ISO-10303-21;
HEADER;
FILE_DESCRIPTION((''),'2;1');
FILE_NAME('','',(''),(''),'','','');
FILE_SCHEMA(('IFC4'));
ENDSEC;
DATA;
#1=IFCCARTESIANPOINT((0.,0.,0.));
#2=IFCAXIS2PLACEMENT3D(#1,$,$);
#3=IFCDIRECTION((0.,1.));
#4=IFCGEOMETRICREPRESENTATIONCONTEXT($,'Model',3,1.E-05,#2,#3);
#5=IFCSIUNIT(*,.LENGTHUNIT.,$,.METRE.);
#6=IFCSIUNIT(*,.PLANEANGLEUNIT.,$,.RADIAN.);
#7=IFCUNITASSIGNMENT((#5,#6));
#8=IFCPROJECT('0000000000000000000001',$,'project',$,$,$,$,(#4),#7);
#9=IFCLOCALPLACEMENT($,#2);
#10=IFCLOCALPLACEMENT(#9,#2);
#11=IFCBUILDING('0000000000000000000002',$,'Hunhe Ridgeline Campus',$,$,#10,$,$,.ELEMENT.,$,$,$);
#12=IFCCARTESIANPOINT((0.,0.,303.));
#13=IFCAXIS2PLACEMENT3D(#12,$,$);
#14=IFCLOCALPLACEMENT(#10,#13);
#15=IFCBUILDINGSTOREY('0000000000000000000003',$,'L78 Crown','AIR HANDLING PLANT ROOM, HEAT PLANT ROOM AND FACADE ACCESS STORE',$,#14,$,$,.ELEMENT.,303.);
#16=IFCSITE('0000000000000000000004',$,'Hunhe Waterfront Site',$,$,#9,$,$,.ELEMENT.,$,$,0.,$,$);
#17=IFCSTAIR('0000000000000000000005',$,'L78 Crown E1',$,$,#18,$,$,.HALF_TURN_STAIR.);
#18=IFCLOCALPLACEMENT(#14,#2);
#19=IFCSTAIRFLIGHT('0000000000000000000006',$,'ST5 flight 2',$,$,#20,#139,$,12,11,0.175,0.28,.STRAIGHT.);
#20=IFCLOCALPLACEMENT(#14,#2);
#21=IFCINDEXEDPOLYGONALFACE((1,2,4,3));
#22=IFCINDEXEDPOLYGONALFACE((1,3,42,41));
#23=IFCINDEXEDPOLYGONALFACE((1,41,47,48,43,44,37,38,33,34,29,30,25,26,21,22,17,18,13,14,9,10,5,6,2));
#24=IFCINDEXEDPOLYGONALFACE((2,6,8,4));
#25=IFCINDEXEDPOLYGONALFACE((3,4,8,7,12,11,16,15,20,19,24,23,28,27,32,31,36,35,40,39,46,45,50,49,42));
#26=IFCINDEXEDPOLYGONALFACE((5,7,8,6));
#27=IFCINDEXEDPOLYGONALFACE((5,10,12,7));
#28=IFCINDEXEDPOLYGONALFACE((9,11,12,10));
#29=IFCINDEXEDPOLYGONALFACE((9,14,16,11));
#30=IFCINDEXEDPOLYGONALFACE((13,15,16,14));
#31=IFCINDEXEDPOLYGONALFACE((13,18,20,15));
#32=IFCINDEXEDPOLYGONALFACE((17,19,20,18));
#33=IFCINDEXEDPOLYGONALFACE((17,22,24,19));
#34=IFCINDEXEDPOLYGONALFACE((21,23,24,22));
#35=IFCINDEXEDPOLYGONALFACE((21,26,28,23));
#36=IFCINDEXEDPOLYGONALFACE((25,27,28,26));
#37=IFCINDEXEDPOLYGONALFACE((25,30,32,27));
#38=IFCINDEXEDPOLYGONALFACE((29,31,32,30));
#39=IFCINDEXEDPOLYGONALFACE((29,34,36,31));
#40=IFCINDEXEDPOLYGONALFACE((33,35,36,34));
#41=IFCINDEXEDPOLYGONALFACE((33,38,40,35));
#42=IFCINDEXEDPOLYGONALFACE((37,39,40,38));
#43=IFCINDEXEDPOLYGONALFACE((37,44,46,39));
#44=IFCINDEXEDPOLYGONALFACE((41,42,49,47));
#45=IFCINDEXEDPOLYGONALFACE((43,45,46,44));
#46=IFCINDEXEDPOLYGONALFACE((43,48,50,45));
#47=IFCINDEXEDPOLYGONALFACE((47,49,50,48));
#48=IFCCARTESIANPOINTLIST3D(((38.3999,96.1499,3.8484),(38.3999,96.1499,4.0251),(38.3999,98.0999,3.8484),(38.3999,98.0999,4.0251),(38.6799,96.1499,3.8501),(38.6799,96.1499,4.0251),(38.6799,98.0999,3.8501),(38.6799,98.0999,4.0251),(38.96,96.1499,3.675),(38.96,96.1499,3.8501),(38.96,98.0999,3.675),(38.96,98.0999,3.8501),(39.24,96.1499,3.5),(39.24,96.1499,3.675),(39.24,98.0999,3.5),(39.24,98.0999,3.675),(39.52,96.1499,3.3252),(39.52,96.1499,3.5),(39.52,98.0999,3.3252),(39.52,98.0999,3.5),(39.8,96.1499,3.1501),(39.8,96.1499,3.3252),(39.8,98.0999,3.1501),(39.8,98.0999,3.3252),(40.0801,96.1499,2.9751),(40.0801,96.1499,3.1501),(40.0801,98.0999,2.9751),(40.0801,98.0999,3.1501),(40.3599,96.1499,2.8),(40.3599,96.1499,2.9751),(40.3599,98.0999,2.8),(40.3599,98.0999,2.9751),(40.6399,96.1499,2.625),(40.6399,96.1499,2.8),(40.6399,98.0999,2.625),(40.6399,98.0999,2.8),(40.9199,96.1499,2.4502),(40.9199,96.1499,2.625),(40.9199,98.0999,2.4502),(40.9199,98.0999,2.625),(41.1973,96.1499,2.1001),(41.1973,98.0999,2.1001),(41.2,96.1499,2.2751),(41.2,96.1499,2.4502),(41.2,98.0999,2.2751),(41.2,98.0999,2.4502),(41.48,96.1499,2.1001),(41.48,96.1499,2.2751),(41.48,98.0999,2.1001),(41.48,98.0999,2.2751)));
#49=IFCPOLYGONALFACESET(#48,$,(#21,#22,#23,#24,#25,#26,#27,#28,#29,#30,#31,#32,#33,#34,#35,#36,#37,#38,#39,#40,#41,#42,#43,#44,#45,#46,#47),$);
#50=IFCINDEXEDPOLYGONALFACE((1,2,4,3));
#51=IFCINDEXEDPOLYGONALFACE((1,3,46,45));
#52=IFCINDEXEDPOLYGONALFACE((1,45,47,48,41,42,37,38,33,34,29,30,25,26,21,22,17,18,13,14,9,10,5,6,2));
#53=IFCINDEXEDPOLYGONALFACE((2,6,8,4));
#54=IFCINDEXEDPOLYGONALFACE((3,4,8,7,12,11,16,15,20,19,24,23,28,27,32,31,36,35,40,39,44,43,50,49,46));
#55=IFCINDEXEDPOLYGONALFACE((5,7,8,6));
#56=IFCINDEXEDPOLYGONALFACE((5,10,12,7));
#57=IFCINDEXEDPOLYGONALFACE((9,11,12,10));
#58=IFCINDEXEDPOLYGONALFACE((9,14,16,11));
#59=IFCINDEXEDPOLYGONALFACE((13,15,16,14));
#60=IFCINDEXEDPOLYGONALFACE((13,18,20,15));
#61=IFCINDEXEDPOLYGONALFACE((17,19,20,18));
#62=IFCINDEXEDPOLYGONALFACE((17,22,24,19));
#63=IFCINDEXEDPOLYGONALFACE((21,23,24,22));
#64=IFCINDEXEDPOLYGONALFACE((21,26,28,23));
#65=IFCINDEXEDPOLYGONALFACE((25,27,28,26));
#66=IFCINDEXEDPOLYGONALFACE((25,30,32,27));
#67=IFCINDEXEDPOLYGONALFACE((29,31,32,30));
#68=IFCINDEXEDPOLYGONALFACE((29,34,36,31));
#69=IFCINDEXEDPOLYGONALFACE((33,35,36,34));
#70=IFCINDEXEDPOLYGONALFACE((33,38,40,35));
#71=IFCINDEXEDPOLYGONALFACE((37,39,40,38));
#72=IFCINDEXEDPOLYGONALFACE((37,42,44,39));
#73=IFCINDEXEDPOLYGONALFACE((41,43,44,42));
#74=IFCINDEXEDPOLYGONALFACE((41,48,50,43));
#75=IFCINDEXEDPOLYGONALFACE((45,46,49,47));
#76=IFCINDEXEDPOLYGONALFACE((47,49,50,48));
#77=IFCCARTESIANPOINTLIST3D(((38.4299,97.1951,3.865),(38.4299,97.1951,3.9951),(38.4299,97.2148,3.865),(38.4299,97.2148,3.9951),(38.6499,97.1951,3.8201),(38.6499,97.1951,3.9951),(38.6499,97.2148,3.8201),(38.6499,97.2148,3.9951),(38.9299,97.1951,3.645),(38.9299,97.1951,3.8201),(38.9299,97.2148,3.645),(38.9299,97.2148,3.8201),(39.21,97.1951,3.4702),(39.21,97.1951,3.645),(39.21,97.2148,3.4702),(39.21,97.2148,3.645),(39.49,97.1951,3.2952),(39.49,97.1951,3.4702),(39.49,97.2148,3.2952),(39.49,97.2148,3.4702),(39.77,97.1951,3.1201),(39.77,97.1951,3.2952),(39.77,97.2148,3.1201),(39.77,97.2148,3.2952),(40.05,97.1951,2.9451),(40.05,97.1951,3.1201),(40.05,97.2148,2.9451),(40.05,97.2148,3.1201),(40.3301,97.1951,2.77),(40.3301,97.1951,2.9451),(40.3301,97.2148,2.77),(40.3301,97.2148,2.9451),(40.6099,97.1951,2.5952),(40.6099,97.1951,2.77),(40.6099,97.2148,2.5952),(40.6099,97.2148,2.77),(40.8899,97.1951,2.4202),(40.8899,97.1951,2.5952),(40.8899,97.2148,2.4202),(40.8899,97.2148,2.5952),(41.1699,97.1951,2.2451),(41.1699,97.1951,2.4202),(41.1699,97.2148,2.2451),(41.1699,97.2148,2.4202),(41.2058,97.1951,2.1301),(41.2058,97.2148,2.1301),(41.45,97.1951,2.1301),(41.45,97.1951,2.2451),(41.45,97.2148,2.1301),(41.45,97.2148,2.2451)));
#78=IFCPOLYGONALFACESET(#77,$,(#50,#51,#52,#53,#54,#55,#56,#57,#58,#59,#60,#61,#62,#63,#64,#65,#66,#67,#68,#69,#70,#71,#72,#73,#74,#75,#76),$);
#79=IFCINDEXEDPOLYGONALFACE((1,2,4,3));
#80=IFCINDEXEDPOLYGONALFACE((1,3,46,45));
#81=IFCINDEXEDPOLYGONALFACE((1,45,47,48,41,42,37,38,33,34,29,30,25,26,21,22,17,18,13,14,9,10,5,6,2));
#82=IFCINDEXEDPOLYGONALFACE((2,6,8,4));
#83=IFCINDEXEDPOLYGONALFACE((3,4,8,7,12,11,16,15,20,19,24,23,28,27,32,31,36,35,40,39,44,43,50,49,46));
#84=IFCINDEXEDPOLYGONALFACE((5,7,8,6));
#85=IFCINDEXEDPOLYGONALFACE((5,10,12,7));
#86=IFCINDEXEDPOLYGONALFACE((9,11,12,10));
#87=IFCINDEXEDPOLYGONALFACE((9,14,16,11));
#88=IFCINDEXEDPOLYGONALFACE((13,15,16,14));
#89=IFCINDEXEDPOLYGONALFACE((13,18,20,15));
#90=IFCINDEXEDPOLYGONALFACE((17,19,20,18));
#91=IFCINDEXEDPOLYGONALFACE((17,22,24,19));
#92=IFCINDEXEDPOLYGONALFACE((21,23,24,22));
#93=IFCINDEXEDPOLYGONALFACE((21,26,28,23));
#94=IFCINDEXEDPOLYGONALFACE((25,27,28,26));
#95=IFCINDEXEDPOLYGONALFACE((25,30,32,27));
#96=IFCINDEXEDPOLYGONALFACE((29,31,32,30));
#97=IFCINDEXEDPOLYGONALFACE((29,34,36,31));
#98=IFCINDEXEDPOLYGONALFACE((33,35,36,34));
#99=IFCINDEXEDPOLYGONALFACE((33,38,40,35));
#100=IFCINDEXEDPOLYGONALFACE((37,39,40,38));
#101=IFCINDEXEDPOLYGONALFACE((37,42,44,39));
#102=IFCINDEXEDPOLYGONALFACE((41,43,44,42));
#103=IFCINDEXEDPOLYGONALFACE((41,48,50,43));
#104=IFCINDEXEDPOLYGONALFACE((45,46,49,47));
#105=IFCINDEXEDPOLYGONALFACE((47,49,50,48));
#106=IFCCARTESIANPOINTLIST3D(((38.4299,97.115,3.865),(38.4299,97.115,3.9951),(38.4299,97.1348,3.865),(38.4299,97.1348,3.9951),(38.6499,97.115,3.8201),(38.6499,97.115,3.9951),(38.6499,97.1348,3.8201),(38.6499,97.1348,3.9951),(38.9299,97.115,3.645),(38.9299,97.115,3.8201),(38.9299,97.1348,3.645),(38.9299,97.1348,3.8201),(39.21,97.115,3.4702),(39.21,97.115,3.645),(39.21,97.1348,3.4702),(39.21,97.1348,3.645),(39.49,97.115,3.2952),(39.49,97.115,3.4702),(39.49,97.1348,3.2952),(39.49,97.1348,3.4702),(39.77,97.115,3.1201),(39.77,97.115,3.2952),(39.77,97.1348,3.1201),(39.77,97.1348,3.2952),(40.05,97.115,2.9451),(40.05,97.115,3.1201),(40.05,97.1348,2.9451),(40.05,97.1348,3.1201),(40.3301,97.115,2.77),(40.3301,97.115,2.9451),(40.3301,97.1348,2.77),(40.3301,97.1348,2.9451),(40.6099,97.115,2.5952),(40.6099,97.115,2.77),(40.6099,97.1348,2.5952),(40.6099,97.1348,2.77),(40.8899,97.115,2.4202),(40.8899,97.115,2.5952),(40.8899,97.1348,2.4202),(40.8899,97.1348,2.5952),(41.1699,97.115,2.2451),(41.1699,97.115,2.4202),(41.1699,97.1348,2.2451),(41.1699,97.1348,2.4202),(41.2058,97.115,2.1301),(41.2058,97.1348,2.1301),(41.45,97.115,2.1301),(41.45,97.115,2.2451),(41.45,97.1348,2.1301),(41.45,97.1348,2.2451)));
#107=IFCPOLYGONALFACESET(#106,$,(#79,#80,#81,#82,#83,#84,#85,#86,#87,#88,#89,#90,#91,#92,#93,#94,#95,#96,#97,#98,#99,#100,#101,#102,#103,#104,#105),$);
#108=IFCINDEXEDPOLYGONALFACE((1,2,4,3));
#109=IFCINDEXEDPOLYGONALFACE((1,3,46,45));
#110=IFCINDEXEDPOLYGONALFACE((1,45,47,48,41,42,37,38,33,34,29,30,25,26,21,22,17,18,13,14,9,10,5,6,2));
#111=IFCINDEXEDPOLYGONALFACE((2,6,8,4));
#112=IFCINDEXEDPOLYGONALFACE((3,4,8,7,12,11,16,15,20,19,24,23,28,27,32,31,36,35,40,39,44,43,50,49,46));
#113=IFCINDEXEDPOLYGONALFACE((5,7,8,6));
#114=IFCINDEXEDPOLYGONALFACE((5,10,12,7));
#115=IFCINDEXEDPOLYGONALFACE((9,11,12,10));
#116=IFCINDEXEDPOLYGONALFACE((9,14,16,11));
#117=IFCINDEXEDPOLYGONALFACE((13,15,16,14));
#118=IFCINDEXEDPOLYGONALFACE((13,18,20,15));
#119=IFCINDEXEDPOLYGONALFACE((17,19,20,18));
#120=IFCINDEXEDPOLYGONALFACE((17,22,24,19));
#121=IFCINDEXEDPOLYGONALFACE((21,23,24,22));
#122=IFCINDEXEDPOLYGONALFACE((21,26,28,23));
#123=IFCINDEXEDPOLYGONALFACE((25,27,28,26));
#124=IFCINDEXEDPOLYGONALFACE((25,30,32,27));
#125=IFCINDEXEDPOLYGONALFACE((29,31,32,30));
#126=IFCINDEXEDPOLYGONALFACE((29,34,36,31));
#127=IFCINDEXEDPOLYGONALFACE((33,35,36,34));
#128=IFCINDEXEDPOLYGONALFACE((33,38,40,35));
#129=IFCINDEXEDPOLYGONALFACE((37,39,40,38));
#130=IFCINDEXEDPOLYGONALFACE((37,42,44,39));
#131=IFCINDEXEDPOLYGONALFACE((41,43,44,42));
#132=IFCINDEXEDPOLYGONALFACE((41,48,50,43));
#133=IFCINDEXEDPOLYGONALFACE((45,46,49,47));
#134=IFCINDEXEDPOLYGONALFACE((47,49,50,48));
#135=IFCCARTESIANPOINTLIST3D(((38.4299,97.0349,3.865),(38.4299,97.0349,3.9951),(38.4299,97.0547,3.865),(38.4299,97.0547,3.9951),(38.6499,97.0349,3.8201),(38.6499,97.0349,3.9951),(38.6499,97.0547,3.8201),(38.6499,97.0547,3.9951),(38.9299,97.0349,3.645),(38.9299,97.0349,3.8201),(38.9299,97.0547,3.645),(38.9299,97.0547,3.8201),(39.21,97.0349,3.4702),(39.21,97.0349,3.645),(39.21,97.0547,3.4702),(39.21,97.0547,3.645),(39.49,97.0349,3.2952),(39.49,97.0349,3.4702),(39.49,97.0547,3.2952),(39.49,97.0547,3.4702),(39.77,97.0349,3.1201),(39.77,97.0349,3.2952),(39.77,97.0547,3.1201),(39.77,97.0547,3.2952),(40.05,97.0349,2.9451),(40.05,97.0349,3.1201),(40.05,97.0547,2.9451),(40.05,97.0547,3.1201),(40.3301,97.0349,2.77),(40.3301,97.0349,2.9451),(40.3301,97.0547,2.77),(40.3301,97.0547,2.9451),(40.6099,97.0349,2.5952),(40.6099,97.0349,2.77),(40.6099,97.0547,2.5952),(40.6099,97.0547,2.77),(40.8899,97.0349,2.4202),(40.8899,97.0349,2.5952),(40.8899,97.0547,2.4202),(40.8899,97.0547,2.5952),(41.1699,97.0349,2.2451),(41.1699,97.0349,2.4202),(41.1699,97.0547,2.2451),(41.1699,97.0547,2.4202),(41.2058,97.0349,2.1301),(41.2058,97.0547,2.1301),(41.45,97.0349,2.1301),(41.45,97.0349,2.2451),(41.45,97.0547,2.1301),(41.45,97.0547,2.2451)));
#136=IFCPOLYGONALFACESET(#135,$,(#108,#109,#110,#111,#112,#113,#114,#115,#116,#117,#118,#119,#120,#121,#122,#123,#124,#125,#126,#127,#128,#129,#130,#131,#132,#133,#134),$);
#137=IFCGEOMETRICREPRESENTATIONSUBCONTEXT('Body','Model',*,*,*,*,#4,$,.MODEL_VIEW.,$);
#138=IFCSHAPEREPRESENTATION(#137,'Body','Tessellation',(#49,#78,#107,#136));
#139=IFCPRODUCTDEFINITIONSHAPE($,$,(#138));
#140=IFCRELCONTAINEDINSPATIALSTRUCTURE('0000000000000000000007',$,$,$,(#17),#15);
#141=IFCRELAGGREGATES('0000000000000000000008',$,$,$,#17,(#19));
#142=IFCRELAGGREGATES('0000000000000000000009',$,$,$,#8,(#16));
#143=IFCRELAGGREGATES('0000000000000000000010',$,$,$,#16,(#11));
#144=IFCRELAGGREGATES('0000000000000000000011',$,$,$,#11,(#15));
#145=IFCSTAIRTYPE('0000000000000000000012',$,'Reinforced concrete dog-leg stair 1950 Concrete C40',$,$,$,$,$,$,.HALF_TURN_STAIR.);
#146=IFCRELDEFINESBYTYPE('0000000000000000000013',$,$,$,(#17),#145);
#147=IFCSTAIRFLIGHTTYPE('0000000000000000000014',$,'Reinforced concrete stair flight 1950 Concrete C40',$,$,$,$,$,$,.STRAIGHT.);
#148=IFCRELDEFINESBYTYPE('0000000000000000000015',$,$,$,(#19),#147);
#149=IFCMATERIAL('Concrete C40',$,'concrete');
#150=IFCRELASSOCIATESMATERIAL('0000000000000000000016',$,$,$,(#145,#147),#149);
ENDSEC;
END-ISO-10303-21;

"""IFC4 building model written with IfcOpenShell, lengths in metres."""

from ifc_helpers import new_model, si_unit, direction, frame, origin, place, context, subcontext, project, spatial, polyline, outline, extrude, material, type_object, element, aggregate, save


model = new_model("IFC4")

# Units and contexts
model_context = context("Model", 3, precision=1e-05, world=origin(), true_north=direction((0.0, 1.0)))
body_context = subcontext(model_context, "Body", "Model", "MODEL_VIEW")
ifc_project = project(units=[si_unit("LENGTHUNIT", "METRE"), si_unit("PLANEANGLEUNIT", "RADIAN")], contexts=[model_context])

# Site, building, storey
site_placement = place(None, origin())
site = spatial("IfcSite", under=ifc_project, at=site_placement, Name="Hunhe Waterfront Site", CompositionType="ELEMENT", RefElevation=0.0)
building_placement = place(site_placement, origin())
building = spatial("IfcBuilding", under=site, at=building_placement, Name="Hunhe Ridgeline Campus", CompositionType="ELEMENT")
storey_placement = place(building_placement, frame((0.0, 0.0, 303.0)))
storey = spatial("IfcBuildingStorey", under=building, at=storey_placement, Name="L78 Crown", Description="AIR HANDLING PLANT ROOM, HEAT PLANT ROOM AND FACADE ACCESS STORE", CompositionType="ELEMENT", Elevation=303.0)

# Stair, stair flight
ifc_material_1 = material(Name="Concrete C40", Category="concrete")
stair_type = type_object("IfcStairType", Name="Reinforced concrete dog-leg stair 1950 Concrete C40", PredefinedType="HALF_TURN_STAIR", material=ifc_material_1)
stair_placement = place(storey_placement, origin())
stair = element("IfcStair", 1, at=stair_placement, inside=storey, type_object=stair_type, Name="L78 Crown E1", PredefinedType="HALF_TURN_STAIR")
stair_flight_type = type_object("IfcStairFlightType", Name="Reinforced concrete stair flight 1950 Concrete C40", PredefinedType="STRAIGHT", material=ifc_material_1)
stair_flight_1_placement = place(storey_placement, frame((41.48, 97.125, 2.1001), z_axis=(0.0, 0.0, 1.0), x_axis=(-1.0, 0.0, 0.0)))
stair_flight_1 = element("IfcStairFlight", 2, at=stair_flight_1_placement, type_object=stair_flight_type, Name="ST5 flight 2", NumberOfRisers=12, NumberOfTreads=11, PredefinedType="STRAIGHT", RiserHeight=0.175, TreadLength=0.28, context=body_context, shape_type="SweptSolid", body=[
    extrude(outline(polyline([(0.0, 0.0), (0.0, 0.175), (0.28, 0.175), (0.28, 0.3501), (0.5601, 0.3501), (0.5601, 0.5249), (0.8401, 0.5249), (0.8401, 0.7), (1.1201, 0.7), (1.1201, 0.875), (1.3999, 0.875), (1.3999, 1.05), (1.6799, 1.05), (1.6799, 1.2251), (1.96, 1.2251), (1.96, 1.3999), (2.24, 1.3999), (2.24, 1.575), (2.52, 1.575), (2.52, 1.75), (2.8, 1.75), (2.8, 1.925), (3.0801, 1.925), (3.0801, 2.1001), (3.0801, 1.7483), (0.2827, 0.0), (0.0, 0.0)])), frame((0.0, 0.9751, 0.0), z_axis=(0.0, -1.0, 0.0), x_axis=(1.0, 0.0, 0.0)), (0.0, 0.0, 1.0), 1.95),
    extrude(outline(polyline([(0.03, 0.03), (0.03, 0.145), (0.3101, 0.145), (0.3101, 0.3201), (0.5901, 0.3201), (0.5901, 0.4951), (0.8701, 0.4951), (0.8701, 0.6699), (1.1499, 0.6699), (1.1499, 0.845), (1.4299, 0.845), (1.4299, 1.02), (1.71, 1.02), (1.71, 1.1951), (1.99, 1.1951), (1.99, 1.3701), (2.27, 1.3701), (2.27, 1.5449), (2.55, 1.5449), (2.55, 1.72), (2.8301, 1.72), (2.8301, 1.895), (3.05, 1.895), (3.05, 1.7649), (0.2742, 0.03), (0.03, 0.03)])), frame((0.0, -0.0701, 0.0), z_axis=(0.0, -1.0, 0.0), x_axis=(1.0, 0.0, 0.0)), (0.0, 0.0, 1.0), 0.0198),
    extrude(outline(polyline([(0.03, 0.03), (0.03, 0.145), (0.3101, 0.145), (0.3101, 0.3201), (0.5901, 0.3201), (0.5901, 0.4951), (0.8701, 0.4951), (0.8701, 0.6699), (1.1499, 0.6699), (1.1499, 0.845), (1.4299, 0.845), (1.4299, 1.02), (1.71, 1.02), (1.71, 1.1951), (1.99, 1.1951), (1.99, 1.3701), (2.27, 1.3701), (2.27, 1.5449), (2.55, 1.5449), (2.55, 1.72), (2.8301, 1.72), (2.8301, 1.895), (3.05, 1.895), (3.05, 1.7649), (0.2742, 0.03), (0.03, 0.03)])), frame((0.0, 0.01, 0.0), z_axis=(0.0, -1.0, 0.0), x_axis=(1.0, 0.0, 0.0)), (0.0, 0.0, 1.0), 0.0198),
    extrude(outline(polyline([(0.03, 0.03), (0.03, 0.145), (0.3101, 0.145), (0.3101, 0.3201), (0.5901, 0.3201), (0.5901, 0.4951), (0.8701, 0.4951), (0.8701, 0.6699), (1.1499, 0.6699), (1.1499, 0.845), (1.4299, 0.845), (1.4299, 1.02), (1.71, 1.02), (1.71, 1.1951), (1.99, 1.1951), (1.99, 1.3701), (2.27, 1.3701), (2.27, 1.5449), (2.55, 1.5449), (2.55, 1.72), (2.8301, 1.72), (2.8301, 1.895), (3.05, 1.895), (3.05, 1.7649), (0.2742, 0.03), (0.03, 0.03)])), frame((0.0, 0.0901, 0.0), z_axis=(0.0, -1.0, 0.0), x_axis=(1.0, 0.0, 0.0)), (0.0, 0.0, 1.0), 0.0198),
])
aggregate(stair, [stair_flight_1])

save(model, "model.ifc")
